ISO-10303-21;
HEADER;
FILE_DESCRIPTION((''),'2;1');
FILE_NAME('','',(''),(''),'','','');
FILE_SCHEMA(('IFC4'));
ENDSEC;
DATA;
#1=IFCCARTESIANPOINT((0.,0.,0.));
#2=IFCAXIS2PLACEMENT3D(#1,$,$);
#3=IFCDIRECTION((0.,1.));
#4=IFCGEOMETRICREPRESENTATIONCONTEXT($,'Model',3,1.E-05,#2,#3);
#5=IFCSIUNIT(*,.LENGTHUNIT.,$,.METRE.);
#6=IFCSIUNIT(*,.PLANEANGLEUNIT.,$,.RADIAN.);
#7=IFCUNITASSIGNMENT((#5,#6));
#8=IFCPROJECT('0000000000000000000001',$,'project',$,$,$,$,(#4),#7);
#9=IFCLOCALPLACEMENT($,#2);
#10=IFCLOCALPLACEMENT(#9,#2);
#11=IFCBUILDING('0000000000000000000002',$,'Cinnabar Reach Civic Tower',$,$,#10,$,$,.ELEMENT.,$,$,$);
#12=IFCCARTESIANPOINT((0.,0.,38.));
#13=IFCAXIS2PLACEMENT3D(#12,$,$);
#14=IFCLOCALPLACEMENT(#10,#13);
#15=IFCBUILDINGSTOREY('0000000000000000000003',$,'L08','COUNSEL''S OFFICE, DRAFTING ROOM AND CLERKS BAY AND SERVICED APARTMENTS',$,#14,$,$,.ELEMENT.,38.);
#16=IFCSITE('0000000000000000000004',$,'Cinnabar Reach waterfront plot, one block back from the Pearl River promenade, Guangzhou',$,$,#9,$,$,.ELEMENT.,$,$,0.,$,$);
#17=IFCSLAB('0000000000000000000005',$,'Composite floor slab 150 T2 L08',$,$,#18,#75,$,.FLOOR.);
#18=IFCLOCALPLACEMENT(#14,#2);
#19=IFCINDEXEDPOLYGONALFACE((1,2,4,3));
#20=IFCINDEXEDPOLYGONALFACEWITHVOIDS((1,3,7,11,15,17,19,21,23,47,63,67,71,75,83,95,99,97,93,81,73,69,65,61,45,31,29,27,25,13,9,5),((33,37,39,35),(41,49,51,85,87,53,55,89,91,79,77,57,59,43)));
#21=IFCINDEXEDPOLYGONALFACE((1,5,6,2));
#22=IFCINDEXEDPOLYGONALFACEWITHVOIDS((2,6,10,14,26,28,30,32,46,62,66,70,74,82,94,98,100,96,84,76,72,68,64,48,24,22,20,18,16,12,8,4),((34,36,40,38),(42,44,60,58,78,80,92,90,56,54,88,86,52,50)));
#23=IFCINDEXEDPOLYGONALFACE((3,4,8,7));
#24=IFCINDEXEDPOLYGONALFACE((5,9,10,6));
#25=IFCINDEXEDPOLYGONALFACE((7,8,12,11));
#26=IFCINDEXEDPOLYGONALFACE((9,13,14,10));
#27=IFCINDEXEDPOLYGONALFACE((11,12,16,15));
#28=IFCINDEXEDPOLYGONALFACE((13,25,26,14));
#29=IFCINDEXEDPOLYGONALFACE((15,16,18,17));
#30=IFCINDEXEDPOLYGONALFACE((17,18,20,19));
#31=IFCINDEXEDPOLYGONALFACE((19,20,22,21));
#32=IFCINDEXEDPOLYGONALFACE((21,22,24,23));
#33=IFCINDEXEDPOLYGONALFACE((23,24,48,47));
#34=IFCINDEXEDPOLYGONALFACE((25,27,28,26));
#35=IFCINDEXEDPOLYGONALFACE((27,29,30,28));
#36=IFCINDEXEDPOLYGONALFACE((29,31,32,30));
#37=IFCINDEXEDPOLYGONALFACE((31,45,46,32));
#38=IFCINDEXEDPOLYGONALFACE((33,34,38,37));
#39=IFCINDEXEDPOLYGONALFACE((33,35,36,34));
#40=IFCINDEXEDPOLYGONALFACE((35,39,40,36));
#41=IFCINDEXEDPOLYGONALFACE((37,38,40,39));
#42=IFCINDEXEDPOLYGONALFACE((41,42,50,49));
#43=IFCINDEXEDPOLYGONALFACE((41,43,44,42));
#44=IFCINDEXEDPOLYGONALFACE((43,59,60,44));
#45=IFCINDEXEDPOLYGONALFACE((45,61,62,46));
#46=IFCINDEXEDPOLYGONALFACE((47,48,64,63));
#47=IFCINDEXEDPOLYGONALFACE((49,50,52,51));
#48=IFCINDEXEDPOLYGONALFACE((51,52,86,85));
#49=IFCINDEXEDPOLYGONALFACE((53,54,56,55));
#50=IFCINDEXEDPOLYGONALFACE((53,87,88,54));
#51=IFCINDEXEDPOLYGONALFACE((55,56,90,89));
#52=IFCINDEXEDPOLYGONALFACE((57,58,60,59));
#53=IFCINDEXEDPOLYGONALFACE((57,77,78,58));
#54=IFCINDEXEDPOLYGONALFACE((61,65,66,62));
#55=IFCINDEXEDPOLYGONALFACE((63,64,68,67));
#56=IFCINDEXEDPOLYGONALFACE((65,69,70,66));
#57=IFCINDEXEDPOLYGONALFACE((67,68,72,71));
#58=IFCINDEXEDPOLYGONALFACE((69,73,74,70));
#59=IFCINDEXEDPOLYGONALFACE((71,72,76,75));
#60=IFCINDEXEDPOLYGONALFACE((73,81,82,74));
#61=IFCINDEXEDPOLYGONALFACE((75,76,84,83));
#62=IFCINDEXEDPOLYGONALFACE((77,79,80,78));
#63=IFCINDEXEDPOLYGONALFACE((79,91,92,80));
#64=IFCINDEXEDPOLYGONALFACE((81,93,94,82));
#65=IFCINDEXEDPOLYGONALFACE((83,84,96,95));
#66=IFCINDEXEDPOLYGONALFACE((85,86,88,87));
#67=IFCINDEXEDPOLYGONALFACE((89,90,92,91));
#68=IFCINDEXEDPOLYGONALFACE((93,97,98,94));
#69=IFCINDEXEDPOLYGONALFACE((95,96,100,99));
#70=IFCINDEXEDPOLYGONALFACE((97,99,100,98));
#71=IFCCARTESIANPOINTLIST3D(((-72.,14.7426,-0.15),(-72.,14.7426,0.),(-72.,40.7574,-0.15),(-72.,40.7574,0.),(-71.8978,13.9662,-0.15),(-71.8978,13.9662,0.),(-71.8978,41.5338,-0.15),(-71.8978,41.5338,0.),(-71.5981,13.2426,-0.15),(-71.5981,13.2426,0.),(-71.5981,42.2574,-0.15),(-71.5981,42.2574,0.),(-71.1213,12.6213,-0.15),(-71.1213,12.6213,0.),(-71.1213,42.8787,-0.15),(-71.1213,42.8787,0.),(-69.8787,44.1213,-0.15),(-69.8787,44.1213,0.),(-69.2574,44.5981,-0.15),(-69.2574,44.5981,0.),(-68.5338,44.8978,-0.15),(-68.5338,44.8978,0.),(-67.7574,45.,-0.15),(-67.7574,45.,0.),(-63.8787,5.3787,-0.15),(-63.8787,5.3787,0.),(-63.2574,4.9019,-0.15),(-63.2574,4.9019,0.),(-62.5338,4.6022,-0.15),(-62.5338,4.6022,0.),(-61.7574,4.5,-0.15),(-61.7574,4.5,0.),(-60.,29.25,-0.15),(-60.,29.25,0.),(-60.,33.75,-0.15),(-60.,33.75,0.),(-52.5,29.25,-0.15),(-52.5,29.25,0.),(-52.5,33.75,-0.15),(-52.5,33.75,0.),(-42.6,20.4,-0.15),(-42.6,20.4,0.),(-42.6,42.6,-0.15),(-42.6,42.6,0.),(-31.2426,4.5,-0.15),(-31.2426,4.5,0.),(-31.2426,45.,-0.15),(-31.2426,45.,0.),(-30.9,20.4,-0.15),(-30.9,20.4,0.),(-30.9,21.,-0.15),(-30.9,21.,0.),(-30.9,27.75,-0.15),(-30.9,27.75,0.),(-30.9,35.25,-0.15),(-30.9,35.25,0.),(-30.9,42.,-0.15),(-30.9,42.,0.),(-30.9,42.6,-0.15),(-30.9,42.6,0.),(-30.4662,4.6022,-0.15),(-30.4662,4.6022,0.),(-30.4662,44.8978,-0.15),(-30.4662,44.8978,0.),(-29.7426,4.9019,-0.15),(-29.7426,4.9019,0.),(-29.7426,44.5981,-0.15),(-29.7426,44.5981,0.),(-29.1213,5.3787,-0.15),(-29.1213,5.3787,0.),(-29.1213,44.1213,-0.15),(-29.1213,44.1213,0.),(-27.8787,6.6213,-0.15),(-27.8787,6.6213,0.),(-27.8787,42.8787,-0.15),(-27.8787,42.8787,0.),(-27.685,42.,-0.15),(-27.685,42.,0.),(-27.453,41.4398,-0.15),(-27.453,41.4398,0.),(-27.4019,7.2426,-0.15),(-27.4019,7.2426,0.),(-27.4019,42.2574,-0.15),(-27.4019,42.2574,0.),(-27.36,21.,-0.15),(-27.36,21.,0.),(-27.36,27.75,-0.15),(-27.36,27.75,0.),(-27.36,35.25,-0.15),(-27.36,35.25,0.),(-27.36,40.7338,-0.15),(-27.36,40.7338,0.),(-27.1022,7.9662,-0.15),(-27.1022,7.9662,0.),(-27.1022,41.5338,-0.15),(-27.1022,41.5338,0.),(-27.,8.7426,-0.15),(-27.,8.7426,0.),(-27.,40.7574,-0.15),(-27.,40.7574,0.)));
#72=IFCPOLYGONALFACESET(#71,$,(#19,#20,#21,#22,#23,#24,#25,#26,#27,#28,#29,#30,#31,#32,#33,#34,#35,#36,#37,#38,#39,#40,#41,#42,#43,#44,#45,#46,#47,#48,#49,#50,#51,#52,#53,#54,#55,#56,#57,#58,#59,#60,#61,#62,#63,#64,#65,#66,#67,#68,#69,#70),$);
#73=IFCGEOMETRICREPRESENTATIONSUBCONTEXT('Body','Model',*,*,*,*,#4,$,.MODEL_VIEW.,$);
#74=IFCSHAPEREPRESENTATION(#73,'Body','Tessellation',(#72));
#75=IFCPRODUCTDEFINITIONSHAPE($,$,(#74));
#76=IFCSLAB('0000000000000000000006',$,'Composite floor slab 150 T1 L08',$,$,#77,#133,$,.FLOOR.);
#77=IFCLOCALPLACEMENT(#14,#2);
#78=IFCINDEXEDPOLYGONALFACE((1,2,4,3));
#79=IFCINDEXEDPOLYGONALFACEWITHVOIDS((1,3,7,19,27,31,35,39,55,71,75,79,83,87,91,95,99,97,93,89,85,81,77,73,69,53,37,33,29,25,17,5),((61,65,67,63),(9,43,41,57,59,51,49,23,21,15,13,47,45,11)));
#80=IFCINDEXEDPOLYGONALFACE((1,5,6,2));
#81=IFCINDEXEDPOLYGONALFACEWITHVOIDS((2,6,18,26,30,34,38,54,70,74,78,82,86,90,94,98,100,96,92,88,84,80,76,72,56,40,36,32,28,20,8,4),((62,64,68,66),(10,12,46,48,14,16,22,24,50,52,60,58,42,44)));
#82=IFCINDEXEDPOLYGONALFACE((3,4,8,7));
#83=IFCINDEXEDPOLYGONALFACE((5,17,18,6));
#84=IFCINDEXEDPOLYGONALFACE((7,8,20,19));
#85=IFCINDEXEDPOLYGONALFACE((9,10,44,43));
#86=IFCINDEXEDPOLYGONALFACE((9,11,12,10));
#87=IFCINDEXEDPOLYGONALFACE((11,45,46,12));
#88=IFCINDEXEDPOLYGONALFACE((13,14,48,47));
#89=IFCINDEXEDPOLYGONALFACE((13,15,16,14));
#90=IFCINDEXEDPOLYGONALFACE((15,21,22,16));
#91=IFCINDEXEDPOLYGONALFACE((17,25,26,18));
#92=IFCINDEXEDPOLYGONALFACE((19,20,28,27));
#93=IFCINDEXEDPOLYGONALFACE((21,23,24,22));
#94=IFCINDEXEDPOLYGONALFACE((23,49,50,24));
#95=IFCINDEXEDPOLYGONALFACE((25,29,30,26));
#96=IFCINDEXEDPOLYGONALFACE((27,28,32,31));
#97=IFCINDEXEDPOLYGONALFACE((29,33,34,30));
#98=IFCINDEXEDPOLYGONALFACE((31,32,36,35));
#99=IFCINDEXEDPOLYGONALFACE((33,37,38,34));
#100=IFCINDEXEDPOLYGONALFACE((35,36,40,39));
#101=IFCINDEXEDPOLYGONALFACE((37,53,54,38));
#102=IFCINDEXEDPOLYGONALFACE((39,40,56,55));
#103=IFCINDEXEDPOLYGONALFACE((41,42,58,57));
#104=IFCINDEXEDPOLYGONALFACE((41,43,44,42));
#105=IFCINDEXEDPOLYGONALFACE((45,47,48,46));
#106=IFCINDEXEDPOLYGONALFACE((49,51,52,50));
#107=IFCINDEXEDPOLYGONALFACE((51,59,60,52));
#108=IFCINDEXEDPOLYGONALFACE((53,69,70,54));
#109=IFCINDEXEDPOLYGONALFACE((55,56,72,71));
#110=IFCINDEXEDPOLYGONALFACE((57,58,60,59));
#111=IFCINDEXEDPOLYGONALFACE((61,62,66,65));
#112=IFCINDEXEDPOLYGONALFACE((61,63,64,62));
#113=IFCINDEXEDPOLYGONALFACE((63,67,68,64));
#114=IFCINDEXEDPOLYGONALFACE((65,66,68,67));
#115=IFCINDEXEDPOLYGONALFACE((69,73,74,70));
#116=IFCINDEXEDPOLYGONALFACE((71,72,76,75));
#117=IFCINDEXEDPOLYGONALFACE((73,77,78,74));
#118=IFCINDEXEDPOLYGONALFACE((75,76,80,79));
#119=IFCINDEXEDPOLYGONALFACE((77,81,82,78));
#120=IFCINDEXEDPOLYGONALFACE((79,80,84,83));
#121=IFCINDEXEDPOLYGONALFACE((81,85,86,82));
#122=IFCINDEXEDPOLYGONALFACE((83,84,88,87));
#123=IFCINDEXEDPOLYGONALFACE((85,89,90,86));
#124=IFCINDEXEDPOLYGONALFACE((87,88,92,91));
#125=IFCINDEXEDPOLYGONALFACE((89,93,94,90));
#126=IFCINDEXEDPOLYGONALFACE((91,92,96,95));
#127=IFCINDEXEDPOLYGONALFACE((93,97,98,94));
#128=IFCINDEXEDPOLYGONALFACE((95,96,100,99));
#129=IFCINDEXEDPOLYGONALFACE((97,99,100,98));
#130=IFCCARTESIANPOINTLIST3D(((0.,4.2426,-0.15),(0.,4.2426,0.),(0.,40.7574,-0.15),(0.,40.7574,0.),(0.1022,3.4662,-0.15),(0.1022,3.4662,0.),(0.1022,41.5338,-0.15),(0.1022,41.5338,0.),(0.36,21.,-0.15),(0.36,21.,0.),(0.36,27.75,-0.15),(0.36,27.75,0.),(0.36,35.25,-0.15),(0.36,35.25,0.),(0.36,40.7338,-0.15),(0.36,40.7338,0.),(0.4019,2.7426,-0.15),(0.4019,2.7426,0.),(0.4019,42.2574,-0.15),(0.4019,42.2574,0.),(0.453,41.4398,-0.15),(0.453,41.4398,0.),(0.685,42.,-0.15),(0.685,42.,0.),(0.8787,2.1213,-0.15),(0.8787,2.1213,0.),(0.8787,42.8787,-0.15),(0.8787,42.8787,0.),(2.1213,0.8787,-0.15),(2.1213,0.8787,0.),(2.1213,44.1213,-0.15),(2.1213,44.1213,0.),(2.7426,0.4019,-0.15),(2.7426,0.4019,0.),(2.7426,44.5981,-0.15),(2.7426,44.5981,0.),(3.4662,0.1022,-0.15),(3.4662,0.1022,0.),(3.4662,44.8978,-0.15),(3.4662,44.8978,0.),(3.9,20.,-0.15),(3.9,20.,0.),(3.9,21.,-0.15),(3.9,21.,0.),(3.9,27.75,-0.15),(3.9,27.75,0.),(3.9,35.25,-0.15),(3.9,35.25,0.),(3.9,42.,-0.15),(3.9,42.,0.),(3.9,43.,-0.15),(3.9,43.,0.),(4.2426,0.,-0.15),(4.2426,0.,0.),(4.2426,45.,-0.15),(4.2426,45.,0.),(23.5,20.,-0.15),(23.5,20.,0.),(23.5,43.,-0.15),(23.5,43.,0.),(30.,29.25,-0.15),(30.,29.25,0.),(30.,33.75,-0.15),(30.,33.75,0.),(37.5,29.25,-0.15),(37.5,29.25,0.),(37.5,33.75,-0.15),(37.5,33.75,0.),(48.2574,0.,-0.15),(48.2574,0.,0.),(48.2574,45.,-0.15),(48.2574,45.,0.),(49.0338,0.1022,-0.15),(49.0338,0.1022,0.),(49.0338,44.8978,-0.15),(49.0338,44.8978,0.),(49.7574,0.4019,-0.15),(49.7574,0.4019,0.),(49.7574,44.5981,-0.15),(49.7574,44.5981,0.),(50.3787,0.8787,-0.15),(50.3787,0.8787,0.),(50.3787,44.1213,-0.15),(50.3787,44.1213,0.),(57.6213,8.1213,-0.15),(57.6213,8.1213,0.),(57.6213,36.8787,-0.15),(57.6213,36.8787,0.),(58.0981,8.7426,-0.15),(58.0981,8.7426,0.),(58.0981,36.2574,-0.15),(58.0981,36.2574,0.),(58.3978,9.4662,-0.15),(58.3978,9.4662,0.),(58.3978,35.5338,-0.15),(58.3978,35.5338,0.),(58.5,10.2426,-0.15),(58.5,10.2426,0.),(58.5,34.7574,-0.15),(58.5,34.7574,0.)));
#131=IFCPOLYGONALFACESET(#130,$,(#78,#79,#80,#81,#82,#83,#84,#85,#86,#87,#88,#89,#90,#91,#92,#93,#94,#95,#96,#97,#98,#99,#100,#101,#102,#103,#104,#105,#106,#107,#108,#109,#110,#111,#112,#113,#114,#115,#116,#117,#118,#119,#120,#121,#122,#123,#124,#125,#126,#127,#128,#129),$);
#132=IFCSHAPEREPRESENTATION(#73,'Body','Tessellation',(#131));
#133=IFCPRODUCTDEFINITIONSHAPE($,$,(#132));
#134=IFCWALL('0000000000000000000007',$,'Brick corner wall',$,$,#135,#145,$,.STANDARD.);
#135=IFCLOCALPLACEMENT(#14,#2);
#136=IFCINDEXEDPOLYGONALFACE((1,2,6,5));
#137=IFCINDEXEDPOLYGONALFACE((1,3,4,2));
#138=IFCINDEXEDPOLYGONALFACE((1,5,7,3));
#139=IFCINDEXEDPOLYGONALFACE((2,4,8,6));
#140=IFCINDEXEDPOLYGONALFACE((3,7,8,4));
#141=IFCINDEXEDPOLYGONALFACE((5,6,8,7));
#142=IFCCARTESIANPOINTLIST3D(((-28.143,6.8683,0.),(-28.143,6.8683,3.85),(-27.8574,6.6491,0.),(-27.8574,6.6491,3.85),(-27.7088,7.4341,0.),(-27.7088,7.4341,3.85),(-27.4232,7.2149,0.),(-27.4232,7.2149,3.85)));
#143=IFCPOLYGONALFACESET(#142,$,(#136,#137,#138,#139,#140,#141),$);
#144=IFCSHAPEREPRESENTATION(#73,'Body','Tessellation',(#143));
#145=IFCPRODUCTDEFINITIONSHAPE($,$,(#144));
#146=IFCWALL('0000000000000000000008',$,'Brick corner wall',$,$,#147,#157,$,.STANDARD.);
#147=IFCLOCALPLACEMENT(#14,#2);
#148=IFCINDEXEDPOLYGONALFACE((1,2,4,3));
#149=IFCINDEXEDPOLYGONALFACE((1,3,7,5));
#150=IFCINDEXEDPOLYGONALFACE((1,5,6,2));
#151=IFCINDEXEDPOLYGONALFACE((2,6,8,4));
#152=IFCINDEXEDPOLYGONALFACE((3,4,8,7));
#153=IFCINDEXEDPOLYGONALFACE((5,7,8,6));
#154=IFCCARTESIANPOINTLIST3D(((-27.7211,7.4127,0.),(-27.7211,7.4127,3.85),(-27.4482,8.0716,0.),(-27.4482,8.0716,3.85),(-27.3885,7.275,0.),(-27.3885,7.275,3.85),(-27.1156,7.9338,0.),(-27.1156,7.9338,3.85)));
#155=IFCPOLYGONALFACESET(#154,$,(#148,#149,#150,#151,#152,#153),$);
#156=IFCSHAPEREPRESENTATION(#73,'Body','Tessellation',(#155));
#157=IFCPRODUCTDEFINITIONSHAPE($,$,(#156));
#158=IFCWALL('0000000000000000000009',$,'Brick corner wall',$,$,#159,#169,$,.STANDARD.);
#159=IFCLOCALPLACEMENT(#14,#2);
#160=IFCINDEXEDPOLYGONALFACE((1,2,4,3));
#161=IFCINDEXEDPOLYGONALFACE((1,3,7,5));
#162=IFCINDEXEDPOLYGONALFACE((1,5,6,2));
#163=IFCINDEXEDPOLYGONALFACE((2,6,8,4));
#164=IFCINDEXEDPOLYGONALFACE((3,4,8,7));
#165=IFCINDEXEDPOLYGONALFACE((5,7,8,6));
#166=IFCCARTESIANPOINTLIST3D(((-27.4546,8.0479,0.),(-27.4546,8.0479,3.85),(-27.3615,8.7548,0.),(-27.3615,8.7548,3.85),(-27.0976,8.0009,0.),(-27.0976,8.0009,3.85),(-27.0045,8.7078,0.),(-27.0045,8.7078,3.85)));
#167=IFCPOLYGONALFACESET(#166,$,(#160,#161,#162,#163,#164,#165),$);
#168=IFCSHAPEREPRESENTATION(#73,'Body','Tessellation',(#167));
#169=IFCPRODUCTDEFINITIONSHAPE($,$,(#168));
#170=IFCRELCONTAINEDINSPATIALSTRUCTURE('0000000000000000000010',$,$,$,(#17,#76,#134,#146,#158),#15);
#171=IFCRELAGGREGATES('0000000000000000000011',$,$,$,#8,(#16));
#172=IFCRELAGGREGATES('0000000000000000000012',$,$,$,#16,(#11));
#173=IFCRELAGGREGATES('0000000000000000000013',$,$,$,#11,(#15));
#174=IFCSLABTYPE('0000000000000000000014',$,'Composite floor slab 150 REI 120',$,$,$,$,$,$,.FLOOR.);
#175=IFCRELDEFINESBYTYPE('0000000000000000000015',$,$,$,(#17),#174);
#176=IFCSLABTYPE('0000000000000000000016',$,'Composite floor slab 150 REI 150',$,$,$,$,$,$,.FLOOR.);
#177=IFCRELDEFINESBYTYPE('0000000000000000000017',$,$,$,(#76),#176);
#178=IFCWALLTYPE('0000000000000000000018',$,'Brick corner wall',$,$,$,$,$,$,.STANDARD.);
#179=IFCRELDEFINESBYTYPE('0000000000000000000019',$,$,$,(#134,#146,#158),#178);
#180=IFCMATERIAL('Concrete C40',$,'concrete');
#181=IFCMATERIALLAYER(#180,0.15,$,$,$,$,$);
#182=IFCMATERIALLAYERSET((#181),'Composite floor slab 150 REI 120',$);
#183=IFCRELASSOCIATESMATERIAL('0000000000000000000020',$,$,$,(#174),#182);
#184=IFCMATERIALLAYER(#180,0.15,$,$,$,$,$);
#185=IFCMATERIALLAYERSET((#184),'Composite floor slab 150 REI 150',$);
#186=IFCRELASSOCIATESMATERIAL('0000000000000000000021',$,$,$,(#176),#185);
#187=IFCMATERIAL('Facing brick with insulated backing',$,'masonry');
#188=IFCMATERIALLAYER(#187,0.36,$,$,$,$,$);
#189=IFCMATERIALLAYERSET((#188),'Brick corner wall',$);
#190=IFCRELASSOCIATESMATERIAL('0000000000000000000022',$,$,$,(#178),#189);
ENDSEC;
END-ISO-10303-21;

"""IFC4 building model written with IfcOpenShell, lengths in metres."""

from ifc_helpers import new_model, si_unit, direction, frame, frame_2d, origin, place, context, subcontext, project, spatial, polyline, rectangle, outline, extrude, material, layer, layer_set, type_object, element, save


model = new_model("IFC4")

# Units and contexts
model_context = context("Model", 3, precision=1e-05, world=origin(), true_north=direction((0.0, 1.0)))
body_context = subcontext(model_context, "Body", "Model", "MODEL_VIEW")
ifc_project = project(units=[si_unit("LENGTHUNIT", "METRE"), si_unit("PLANEANGLEUNIT", "RADIAN")], contexts=[model_context])

# Site, building, storey
site_placement = place(None, origin())
site = spatial("IfcSite", under=ifc_project, at=site_placement, Name="Cinnabar Reach waterfront plot, one block back from the Pearl River promenade, Guangzhou", CompositionType="ELEMENT", RefElevation=0.0)
building_placement = place(site_placement, origin())
building = spatial("IfcBuilding", under=site, at=building_placement, Name="Cinnabar Reach Civic Tower", CompositionType="ELEMENT")
storey_placement = place(building_placement, frame((0.0, 0.0, 38.0)))
storey = spatial("IfcBuildingStorey", under=building, at=storey_placement, Name="L08", Description="COUNSEL'S OFFICE, DRAFTING ROOM AND CLERKS BAY AND SERVICED APARTMENTS", CompositionType="ELEMENT", Elevation=38.0)

# Shared definitions
ifc_material_1 = material(Name="Concrete C40", Category="concrete")

# Slabs
ifc_layer_1 = layer(ifc_material_1, 0.15)
ifc_layer_set_1 = layer_set([ifc_layer_1], Name="Composite floor slab 150 REI 120")
slab_type_1 = type_object("IfcSlabType", Name="Composite floor slab 150 REI 120", PredefinedType="FLOOR", material=ifc_layer_set_1)
slab_1_placement = place(storey_placement, frame((0.0, 0.0, -0.15)))
element("IfcSlab", 1, at=slab_1_placement, inside=storey, type_object=slab_type_1, Name="Composite floor slab 150 T2 L08", PredefinedType="FLOOR", context=body_context, shape_type="SweptSolid", body=[
    extrude(outline(polyline([(-71.1213, 12.6213), (-71.5981, 13.2426), (-71.8978, 13.9662), (-72.0, 14.7426), (-72.0, 40.7574), (-71.8978, 41.5338), (-71.5981, 42.2574), (-71.1213, 42.8787), (-69.8787, 44.1213), (-69.2574, 44.5981), (-68.5338, 44.8978), (-67.7574, 45.0), (-31.2426, 45.0), (-30.4662, 44.8978), (-29.7426, 44.5981), (-29.1213, 44.1213), (-27.8787, 42.8787), (-27.4019, 42.2574), (-27.1022, 41.5338), (-27.0, 40.7574), (-27.0, 8.7426), (-27.1022, 7.9662), (-27.4019, 7.2426), (-27.8787, 6.6213), (-29.1213, 5.3787), (-29.7426, 4.9019), (-30.4662, 4.6022), (-31.2426, 4.5), (-61.7574, 4.5), (-62.5338, 4.6022), (-63.2574, 4.9019), (-63.8787, 5.3787), (-71.1213, 12.6213)]), holes=[polyline([(-30.9, 27.75), (-30.9, 35.25), (-27.36, 35.25), (-27.36, 40.7338), (-27.453, 41.4398), (-27.685, 42.0), (-30.9, 42.0), (-30.9, 42.6), (-42.6, 42.6), (-42.6, 20.4), (-30.9, 20.4), (-30.9, 21.0), (-27.36, 21.0), (-27.36, 27.75), (-30.9, 27.75)]), polyline([(-60.0, 33.75), (-60.0, 29.25), (-52.5, 29.25), (-52.5, 33.75), (-60.0, 33.75)])]), origin(), (0.0, 0.0, 1.0), 0.15),
])
ifc_layer_2 = layer(ifc_material_1, 0.15)
ifc_layer_set_2 = layer_set([ifc_layer_2], Name="Composite floor slab 150 REI 150")
slab_type_2 = type_object("IfcSlabType", Name="Composite floor slab 150 REI 150", PredefinedType="FLOOR", material=ifc_layer_set_2)
slab_2_placement = place(storey_placement, frame((0.0, 0.0, -0.15)))
element("IfcSlab", 2, at=slab_2_placement, inside=storey, type_object=slab_type_2, Name="Composite floor slab 150 T1 L08", PredefinedType="FLOOR", context=body_context, shape_type="SweptSolid", body=[
    extrude(outline(polyline([(0.8787, 2.1213), (0.4019, 2.7426), (0.1022, 3.4662), (0.0, 4.2426), (0.0, 40.7574), (0.1022, 41.5338), (0.4019, 42.2574), (0.8787, 42.8787), (2.1213, 44.1213), (2.7426, 44.5981), (3.4662, 44.8978), (4.2426, 45.0), (48.2574, 45.0), (49.0338, 44.8978), (49.7574, 44.5981), (50.3787, 44.1213), (57.6213, 36.8787), (58.0981, 36.2574), (58.3978, 35.5338), (58.5, 34.7574), (58.5, 10.2426), (58.3978, 9.4662), (58.0981, 8.7426), (57.6213, 8.1213), (50.3787, 0.8787), (49.7574, 0.4019), (49.0338, 0.1022), (48.2574, 0.0), (4.2426, 0.0), (3.4662, 0.1022), (2.7426, 0.4019), (2.1213, 0.8787), (0.8787, 2.1213)]), holes=[polyline([(0.36, 21.0), (3.9, 21.0), (3.9, 20.0), (23.5, 20.0), (23.5, 43.0), (3.9, 43.0), (3.9, 42.0), (0.685, 42.0), (0.453, 41.4398), (0.36, 40.7338), (0.36, 35.25), (3.9, 35.25), (3.9, 27.75), (0.36, 27.75), (0.36, 21.0)]), polyline([(30.0, 33.75), (30.0, 29.25), (37.5, 29.25), (37.5, 33.75), (30.0, 33.75)])]), origin(), (0.0, 0.0, 1.0), 0.15),
])

# Walls
ifc_material_2 = material(Name="Facing brick with insulated backing", Category="masonry")
ifc_layer_3 = layer(ifc_material_2, 0.36)
ifc_layer_set_3 = layer_set([ifc_layer_3], Name="Brick corner wall")
wall_type_1 = type_object("IfcWallType", Name="Brick corner wall", PredefinedType="STANDARD", material=ifc_layer_set_3)
wall_1_placement = place(storey_placement, frame((-28.0002, 6.7587, 0.0), z_axis=(0.0, 0.0, 1.0), x_axis=(0.608802, 0.793322, 0.0)))
element("IfcWall", 3, at=wall_1_placement, inside=storey, type_object=wall_type_1, Name="Brick corner wall", PredefinedType="STANDARD", context=body_context, shape_type="SweptSolid", body=[
    extrude(rectangle(XDim=0.7132, YDim=0.36, at=frame_2d((0.3566, 0.0))), origin(), (0.0, 0.0, 1.0), 3.85),
])
for number, where, z_axis, x_axis, name in (
    (4, (-27.5548, 7.3439, 0.0), (0.0, 0.0, 1.0), (0.382703, 0.923872, 0.0), "Brick corner wall"),
    (5, (-27.2761, 8.0244, 0.0), (0.0, 0.0, 1.0), (0.130556, 0.991441, 0.0), "Brick corner wall"),
):
    element("IfcWall", number, at=place(storey_placement, frame(where, z_axis=z_axis, x_axis=x_axis)), inside=storey, type_object=wall_type_1, Name=name, PredefinedType="STANDARD", context=body_context, shape_type="SweptSolid", body=[
        extrude(rectangle(XDim=0.7131, YDim=0.36, at=frame_2d((0.3565, 0.0))), origin(), (0.0, 0.0, 1.0), 3.85),
    ])

save(model, "model.ifc")
